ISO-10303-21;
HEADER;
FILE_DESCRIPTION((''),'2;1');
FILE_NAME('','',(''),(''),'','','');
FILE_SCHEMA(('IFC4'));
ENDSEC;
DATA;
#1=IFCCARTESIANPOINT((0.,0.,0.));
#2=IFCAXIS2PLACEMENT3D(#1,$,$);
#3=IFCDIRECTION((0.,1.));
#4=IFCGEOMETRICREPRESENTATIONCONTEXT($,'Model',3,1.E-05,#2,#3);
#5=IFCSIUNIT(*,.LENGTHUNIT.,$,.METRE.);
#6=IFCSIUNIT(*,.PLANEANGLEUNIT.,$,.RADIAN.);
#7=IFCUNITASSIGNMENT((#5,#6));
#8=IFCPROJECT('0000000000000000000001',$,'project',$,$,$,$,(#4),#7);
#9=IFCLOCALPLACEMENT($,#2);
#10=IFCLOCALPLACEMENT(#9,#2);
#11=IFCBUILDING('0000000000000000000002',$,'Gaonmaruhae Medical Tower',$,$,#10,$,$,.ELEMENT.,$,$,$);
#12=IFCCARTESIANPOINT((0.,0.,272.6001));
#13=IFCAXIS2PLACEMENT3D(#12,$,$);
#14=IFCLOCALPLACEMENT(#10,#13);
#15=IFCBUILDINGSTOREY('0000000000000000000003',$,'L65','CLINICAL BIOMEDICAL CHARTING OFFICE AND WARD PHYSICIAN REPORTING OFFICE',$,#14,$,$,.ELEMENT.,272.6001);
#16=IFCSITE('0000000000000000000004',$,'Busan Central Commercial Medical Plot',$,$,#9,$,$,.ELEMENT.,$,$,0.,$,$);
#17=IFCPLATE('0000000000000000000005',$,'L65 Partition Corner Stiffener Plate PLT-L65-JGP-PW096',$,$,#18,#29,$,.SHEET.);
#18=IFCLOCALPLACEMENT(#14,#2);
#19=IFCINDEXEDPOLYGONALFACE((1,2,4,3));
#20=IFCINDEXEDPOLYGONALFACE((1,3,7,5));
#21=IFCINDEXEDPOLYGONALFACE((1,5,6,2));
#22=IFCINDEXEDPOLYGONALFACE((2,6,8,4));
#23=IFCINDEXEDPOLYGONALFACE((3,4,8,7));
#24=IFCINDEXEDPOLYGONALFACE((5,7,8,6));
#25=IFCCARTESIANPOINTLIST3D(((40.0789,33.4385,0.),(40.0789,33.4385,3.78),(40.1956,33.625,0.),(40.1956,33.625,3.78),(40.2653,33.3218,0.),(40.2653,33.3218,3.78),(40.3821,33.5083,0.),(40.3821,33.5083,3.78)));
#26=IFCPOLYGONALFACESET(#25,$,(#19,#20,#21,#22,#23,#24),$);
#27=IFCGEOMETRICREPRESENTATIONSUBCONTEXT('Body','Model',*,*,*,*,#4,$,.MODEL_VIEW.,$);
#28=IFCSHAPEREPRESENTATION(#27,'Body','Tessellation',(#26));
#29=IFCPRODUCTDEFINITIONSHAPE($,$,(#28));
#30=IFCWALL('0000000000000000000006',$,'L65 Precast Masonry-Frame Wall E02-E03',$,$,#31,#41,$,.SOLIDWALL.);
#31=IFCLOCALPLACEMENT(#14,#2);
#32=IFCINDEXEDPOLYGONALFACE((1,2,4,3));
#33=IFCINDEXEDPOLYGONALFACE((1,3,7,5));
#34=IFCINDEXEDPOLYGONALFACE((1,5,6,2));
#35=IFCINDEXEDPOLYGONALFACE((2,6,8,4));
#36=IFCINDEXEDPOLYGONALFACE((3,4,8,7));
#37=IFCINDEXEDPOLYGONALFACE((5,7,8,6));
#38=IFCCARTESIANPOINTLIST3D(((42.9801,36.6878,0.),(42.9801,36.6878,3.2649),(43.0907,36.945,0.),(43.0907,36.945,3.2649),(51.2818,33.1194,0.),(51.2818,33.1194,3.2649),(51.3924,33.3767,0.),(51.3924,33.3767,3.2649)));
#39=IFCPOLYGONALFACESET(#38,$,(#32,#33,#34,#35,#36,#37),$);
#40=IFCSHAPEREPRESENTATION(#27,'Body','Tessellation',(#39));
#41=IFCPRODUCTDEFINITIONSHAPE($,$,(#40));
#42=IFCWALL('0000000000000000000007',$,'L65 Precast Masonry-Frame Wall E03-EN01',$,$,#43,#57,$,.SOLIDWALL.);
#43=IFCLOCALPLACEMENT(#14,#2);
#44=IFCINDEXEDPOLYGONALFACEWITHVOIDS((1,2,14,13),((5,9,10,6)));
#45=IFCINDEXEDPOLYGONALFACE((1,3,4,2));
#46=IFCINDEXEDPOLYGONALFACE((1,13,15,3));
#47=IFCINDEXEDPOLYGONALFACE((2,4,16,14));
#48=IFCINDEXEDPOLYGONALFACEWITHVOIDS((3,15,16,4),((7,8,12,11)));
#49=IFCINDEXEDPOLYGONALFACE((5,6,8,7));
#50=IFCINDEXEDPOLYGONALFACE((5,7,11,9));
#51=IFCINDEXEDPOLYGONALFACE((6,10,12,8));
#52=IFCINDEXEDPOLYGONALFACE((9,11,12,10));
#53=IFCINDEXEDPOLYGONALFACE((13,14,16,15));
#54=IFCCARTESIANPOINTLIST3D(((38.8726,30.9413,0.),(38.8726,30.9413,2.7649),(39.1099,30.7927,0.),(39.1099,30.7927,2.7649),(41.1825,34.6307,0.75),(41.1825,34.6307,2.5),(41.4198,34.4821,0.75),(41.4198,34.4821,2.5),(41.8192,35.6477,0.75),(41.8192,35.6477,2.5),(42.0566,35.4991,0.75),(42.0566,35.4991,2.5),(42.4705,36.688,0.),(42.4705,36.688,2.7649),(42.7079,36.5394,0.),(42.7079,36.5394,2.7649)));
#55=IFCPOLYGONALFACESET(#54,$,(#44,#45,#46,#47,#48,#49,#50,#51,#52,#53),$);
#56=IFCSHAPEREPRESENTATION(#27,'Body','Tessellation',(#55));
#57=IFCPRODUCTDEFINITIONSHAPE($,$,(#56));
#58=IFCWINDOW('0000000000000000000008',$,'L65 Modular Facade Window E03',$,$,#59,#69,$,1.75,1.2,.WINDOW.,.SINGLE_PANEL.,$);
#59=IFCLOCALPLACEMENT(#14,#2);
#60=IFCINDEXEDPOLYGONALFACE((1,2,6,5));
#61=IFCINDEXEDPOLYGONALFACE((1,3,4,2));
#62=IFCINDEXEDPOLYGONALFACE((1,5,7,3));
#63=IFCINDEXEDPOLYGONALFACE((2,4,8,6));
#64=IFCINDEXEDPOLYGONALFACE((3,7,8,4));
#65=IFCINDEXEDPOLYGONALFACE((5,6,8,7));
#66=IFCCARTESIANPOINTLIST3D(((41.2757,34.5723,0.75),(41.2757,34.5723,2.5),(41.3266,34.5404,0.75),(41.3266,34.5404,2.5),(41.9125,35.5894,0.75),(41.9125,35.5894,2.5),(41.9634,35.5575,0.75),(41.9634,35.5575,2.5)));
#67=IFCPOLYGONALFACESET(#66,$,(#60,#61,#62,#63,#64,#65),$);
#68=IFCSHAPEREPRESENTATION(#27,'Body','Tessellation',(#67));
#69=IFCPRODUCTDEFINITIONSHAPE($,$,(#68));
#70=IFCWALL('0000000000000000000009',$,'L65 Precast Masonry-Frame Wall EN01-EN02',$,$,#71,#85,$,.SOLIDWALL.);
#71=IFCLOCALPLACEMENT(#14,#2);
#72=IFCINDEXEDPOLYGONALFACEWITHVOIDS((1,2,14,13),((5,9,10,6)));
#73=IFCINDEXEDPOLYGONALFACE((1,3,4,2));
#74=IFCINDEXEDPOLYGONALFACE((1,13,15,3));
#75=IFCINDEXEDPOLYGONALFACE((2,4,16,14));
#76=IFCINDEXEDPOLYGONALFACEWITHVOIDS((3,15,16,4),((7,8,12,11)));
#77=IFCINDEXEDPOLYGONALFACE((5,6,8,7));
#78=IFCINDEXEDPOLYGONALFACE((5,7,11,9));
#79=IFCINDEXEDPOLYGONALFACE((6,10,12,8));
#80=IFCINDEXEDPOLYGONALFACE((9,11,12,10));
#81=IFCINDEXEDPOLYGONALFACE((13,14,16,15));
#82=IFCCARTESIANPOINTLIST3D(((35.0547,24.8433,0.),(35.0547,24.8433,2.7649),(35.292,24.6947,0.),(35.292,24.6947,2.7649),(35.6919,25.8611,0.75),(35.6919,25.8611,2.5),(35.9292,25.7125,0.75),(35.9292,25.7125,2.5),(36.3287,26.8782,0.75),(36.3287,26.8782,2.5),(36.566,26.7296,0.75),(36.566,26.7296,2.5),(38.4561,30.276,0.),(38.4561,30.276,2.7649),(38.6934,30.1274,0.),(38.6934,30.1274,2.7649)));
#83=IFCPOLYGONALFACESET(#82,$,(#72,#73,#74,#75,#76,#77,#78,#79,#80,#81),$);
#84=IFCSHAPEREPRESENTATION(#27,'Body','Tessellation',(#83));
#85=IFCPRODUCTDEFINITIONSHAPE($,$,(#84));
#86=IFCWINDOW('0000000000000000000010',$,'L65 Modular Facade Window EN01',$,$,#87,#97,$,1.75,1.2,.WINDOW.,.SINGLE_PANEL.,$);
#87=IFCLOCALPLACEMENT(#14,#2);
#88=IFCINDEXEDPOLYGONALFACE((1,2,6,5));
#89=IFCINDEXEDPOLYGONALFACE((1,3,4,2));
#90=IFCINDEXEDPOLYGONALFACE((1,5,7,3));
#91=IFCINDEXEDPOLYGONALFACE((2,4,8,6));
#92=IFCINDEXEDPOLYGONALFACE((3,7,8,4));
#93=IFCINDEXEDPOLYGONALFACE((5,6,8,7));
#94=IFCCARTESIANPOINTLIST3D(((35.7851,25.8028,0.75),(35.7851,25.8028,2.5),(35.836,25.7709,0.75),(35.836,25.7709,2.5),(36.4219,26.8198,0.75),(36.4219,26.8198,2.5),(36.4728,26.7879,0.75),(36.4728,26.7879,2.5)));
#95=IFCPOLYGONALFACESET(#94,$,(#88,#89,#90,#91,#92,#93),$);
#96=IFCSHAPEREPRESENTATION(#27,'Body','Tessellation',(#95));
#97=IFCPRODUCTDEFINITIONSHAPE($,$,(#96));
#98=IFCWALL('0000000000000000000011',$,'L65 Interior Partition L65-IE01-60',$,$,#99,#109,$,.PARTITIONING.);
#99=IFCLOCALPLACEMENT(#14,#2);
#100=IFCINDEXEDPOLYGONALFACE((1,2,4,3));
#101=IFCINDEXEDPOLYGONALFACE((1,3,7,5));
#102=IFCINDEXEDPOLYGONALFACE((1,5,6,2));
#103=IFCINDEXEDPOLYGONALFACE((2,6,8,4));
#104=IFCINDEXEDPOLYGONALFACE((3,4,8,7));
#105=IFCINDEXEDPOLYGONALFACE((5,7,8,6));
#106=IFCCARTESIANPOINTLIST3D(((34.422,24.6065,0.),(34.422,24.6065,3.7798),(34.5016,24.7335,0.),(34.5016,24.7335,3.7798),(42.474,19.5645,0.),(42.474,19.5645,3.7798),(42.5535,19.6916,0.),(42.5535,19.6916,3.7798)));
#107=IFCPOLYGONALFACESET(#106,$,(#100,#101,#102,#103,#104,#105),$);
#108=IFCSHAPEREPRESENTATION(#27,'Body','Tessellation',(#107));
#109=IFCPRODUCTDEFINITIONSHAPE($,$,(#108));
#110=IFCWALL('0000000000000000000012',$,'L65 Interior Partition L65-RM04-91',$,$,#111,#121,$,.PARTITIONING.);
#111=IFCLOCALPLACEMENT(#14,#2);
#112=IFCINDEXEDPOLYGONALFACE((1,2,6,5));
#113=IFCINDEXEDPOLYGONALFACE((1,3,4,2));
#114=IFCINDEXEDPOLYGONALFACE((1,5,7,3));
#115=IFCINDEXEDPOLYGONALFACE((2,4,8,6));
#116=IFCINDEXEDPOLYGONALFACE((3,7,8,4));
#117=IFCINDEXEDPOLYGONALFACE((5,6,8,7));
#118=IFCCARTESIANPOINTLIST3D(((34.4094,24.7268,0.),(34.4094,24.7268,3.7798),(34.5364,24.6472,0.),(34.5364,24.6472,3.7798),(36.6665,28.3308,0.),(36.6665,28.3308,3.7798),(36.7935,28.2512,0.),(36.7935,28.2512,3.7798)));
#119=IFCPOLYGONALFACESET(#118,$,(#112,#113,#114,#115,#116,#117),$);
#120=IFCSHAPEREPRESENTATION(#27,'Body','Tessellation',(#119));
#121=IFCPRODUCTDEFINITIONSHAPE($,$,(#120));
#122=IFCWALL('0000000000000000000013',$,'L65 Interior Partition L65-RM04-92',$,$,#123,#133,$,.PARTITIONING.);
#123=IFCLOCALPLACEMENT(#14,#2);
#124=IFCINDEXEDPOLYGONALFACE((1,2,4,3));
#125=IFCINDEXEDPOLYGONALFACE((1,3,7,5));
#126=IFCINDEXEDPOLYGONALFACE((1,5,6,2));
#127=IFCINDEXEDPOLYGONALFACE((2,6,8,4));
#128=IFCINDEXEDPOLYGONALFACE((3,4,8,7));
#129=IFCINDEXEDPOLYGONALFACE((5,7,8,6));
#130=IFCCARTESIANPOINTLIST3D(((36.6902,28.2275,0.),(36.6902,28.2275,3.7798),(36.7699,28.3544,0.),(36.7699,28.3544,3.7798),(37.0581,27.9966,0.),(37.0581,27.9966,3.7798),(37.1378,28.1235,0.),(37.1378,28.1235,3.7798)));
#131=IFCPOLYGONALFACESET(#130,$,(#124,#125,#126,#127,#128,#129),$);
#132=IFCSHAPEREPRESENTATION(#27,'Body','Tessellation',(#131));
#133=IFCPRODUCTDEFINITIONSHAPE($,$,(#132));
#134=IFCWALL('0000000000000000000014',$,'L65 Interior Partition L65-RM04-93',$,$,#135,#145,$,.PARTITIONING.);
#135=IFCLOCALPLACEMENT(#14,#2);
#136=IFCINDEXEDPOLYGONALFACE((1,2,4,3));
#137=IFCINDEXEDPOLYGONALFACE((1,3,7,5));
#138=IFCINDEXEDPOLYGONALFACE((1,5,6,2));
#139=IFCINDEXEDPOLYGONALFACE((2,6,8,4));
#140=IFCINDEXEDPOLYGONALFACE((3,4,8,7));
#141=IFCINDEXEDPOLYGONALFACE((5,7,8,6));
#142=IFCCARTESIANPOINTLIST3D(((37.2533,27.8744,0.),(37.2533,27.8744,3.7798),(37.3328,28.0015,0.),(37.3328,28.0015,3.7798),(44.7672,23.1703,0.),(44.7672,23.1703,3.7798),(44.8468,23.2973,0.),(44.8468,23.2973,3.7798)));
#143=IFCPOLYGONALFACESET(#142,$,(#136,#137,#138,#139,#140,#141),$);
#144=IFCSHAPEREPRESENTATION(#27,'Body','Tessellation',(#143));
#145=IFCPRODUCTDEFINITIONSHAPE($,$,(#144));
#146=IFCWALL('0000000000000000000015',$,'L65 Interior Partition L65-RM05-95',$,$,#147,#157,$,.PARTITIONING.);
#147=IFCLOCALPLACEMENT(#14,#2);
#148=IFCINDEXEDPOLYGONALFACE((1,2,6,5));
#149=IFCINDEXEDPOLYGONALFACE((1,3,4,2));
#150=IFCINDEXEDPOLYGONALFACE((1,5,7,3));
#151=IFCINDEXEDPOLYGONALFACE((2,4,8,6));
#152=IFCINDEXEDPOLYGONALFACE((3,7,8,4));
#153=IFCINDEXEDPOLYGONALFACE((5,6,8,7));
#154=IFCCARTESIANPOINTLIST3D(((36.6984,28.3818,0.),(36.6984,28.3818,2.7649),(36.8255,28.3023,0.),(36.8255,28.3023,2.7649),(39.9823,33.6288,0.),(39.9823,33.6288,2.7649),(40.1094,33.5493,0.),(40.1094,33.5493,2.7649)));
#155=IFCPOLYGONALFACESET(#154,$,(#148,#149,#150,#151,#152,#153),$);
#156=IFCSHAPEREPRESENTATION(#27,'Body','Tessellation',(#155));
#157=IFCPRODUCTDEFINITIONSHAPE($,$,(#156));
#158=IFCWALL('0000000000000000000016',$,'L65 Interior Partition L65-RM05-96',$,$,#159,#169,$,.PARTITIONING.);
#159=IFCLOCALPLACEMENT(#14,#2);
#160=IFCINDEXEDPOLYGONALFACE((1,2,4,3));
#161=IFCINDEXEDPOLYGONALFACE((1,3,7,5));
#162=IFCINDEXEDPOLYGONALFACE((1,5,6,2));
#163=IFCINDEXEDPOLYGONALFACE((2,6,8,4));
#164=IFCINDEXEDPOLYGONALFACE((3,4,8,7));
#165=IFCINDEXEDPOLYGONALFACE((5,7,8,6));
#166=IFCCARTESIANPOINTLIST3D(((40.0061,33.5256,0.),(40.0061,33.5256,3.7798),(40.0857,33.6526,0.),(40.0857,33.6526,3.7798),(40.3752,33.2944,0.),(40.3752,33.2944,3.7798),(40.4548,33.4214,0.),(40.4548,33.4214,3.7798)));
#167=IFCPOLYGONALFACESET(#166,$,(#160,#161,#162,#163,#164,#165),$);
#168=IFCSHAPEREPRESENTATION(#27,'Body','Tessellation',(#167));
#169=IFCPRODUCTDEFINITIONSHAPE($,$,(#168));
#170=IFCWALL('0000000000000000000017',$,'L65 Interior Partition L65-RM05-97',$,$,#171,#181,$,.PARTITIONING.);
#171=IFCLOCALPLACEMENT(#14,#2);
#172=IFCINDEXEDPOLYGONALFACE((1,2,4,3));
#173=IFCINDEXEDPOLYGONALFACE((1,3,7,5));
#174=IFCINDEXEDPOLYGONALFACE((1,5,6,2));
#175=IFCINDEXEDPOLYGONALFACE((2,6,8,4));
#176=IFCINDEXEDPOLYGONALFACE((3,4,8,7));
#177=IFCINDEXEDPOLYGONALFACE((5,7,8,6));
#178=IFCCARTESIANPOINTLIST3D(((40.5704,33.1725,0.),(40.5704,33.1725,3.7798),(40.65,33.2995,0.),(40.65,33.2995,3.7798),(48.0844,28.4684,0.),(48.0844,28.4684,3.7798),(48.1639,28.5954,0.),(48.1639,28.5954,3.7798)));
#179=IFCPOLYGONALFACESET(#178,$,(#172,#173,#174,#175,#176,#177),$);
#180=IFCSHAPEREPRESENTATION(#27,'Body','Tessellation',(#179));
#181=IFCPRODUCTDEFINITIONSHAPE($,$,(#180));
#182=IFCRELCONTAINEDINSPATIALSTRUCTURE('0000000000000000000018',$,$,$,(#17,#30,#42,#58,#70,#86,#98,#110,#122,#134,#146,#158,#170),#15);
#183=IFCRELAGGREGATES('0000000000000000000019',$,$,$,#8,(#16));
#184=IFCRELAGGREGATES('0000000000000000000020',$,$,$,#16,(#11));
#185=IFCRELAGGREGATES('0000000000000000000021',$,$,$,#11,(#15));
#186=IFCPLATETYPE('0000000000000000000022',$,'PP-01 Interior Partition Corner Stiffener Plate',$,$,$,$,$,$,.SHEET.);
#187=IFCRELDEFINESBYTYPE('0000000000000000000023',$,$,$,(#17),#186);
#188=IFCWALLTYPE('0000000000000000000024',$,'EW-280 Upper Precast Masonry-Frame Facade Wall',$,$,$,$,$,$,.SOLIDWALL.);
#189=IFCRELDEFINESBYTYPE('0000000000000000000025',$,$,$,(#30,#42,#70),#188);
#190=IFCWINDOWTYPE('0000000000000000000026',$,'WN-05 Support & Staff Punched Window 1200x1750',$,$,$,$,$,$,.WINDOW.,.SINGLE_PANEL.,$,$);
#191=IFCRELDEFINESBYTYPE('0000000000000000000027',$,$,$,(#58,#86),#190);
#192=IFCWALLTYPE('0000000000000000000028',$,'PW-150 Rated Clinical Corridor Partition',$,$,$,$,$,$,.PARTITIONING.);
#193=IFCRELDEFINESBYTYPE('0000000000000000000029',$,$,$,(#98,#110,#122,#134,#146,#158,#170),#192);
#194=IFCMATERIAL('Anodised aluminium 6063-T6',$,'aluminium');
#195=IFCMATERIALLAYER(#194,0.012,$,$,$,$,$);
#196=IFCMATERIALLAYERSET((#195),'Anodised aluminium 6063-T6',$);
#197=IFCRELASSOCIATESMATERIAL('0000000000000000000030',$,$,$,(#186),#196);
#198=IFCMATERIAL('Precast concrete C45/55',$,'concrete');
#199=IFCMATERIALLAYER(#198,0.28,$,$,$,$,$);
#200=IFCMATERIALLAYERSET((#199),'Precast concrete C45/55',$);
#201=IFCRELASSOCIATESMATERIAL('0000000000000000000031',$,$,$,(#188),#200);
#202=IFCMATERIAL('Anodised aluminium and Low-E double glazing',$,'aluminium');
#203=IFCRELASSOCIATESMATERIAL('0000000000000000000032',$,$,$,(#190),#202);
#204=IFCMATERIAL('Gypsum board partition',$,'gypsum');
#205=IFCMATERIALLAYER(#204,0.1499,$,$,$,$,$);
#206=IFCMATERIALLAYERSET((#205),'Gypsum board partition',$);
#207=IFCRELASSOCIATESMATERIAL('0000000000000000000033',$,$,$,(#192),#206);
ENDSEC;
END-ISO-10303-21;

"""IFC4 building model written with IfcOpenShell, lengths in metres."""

from ifc_helpers import new_model, si_unit, direction, frame, frame_2d, origin, origin_2d, place, context, subcontext, project, spatial, rectangle, extrude, material, layer, layer_set, type_object, element, fill, save


model = new_model("IFC4")

# Units and contexts
model_context = context("Model", 3, precision=1e-05, world=origin(), true_north=direction((0.0, 1.0)))
body_context = subcontext(model_context, "Body", "Model", "MODEL_VIEW")
ifc_project = project(units=[si_unit("LENGTHUNIT", "METRE"), si_unit("PLANEANGLEUNIT", "RADIAN")], contexts=[model_context])

# Site, building, storey
site_placement = place(None, origin())
site = spatial("IfcSite", under=ifc_project, at=site_placement, Name="Busan Central Commercial Medical Plot", CompositionType="ELEMENT", RefElevation=0.0)
building_placement = place(site_placement, origin())
building = spatial("IfcBuilding", under=site, at=building_placement, Name="Gaonmaruhae Medical Tower", CompositionType="ELEMENT")
storey_placement = place(building_placement, frame((0.0, 0.0, 272.6001)))
storey = spatial("IfcBuildingStorey", under=building, at=storey_placement, Name="L65", Description="CLINICAL BIOMEDICAL CHARTING OFFICE AND WARD PHYSICIAN REPORTING OFFICE", CompositionType="ELEMENT", Elevation=272.6001)

# Plate
ifc_material_1 = material(Name="Anodised aluminium 6063-T6", Category="aluminium")
ifc_layer_1 = layer(ifc_material_1, 0.012)
ifc_layer_set_1 = layer_set([ifc_layer_1], Name="Anodised aluminium 6063-T6")
plate_type = type_object("IfcPlateType", Name="PP-01 Interior Partition Corner Stiffener Plate", PredefinedType="SHEET", material=ifc_layer_set_1)
for number, where, z_axis, x_axis, name in (
    (1, (40.2305, 33.4734, 0.0), (0.0, 0.0, 1.0), (0.847613, -0.530615, 0.0), "L65 Partition Corner Stiffener Plate PLT-L65-JGP-PW096"),
):
    element("IfcPlate", number, at=place(storey_placement, frame(where, z_axis=z_axis, x_axis=x_axis)), inside=storey, type_object=plate_type, Name=name, PredefinedType="SHEET", context=body_context, shape_type="SweptSolid", body=[
        extrude(rectangle(XDim=0.22, YDim=0.22, at=origin_2d()), origin(), (0.0, 0.0, 1.0), 3.78),
    ])

# Wall
ifc_material_2 = material(Name="Precast concrete C45/55", Category="concrete")
ifc_layer_2 = layer(ifc_material_2, 0.28)
ifc_layer_set_2 = layer_set([ifc_layer_2], Name="Precast concrete C45/55")
wall_type_1 = type_object("IfcWallType", Name="EW-280 Upper Precast Masonry-Frame Facade Wall", PredefinedType="SOLIDWALL", material=ifc_layer_set_2)
wall_1_placement = place(storey_placement, frame((43.0354, 36.8164, 0.0), z_axis=(0.0, 0.0, 1.0), x_axis=(0.918725, -0.394897, 0.0)))
element("IfcWall", 2, at=wall_1_placement, inside=storey, type_object=wall_type_1, Name="L65 Precast Masonry-Frame Wall E02-E03", PredefinedType="SOLIDWALL", context=body_context, shape_type="SweptSolid", body=[
    extrude(rectangle(XDim=9.0361, YDim=0.28, at=frame_2d((4.5181, 0.0))), origin(), (0.0, 0.0, 1.0), 3.2649),
])

# Walls, openings, windows
wall_2_placement = place(storey_placement, frame((38.9912, 30.8669, 0.0), z_axis=(0.0, 0.0, 1.0), x_axis=(0.530666, 0.847581, 0.0)))
wall_2 = element("IfcWall", 3, at=wall_2_placement, inside=storey, type_object=wall_type_1, Name="L65 Precast Masonry-Frame Wall E03-EN01", PredefinedType="SOLIDWALL", context=body_context, shape_type="SweptSolid", body=[
    extrude(rectangle(XDim=6.78, YDim=0.28, at=frame_2d((3.3901, 0.0))), origin(), (0.0, 0.0, 1.0), 2.7649),
])
opening_1_placement = place(wall_2_placement, frame((4.3528, 0.0, 0.75)))
opening_1 = element("IfcOpeningElement", 4, at=opening_1_placement, cuts=wall_2, PredefinedType="OPENING", context=body_context, shape_type="SweptSolid", body=[
    extrude(rectangle(XDim=1.2, YDim=1.75, at=frame_2d((0.6001, 0.875))), frame((0.0, 0.1499, 0.0), z_axis=(0.0, -1.0, 0.0), x_axis=(1.0, 0.0, 0.0)), (0.0, 0.0, 1.0), 0.3),
])
ifc_material_3 = material(Name="Anodised aluminium and Low-E double glazing", Category="aluminium")
window_type = type_object("IfcWindowType", Name="WN-05 Support & Staff Punched Window 1200x1750", PartitioningType="SINGLE_PANEL", PredefinedType="WINDOW", material=ifc_material_3)
window_1_placement = place(opening_1_placement, origin())
window_1 = element("IfcWindow", 5, at=window_1_placement, inside=storey, type_object=window_type, Name="L65 Modular Facade Window E03", OverallHeight=1.75, OverallWidth=1.2, PartitioningType="SINGLE_PANEL", PredefinedType="WINDOW", context=body_context, shape_type="SweptSolid", body=[
    extrude(rectangle(XDim=1.2, YDim=1.75, at=frame_2d((0.6001, 0.875))), frame((0.0, 0.03, 0.0), z_axis=(0.0, -1.0, 0.0), x_axis=(1.0, 0.0, 0.0)), (0.0, 0.0, 1.0), 0.0601),
])
fill(opening_1, window_1)
wall_3_placement = place(storey_placement, frame((35.1733, 24.769, 0.0), z_axis=(0.0, 0.0, 1.0), x_axis=(0.53067, 0.847579, 0.0)))
wall_3 = element("IfcWall", 6, at=wall_3_placement, inside=storey, type_object=wall_type_1, Name="L65 Precast Masonry-Frame Wall EN01-EN02", PredefinedType="SOLIDWALL", context=body_context, shape_type="SweptSolid", body=[
    extrude(rectangle(XDim=6.4097, YDim=0.28, at=frame_2d((3.2048, 0.0))), origin(), (0.0, 0.0, 1.0), 2.7649),
])
opening_2_placement = place(wall_3_placement, frame((1.2007, 0.0, 0.75)))
opening_2 = element("IfcOpeningElement", 7, at=opening_2_placement, cuts=wall_3, PredefinedType="OPENING", context=body_context, shape_type="SweptSolid", body=[
    extrude(rectangle(XDim=1.2, YDim=1.75, at=frame_2d((0.6001, 0.875))), frame((0.0, 0.1499, 0.0), z_axis=(0.0, -1.0, 0.0), x_axis=(1.0, 0.0, 0.0)), (0.0, 0.0, 1.0), 0.3),
])
window_2_placement = place(opening_2_placement, origin())
window_2 = element("IfcWindow", 8, at=window_2_placement, inside=storey, type_object=window_type, Name="L65 Modular Facade Window EN01", OverallHeight=1.75, OverallWidth=1.2, PartitioningType="SINGLE_PANEL", PredefinedType="WINDOW", context=body_context, shape_type="SweptSolid", body=[
    extrude(rectangle(XDim=1.2, YDim=1.75, at=frame_2d((0.6001, 0.875))), frame((0.0, 0.03, 0.0), z_axis=(0.0, -1.0, 0.0), x_axis=(1.0, 0.0, 0.0)), (0.0, 0.0, 1.0), 0.0601),
])
fill(opening_2, window_2)

# Walls
ifc_material_4 = material(Name="Gypsum board partition", Category="gypsum")
ifc_layer_3 = layer(ifc_material_4, 0.1499)
ifc_layer_set_3 = layer_set([ifc_layer_3], Name="Gypsum board partition")
wall_type_2 = type_object("IfcWallType", Name="PW-150 Rated Clinical Corridor Partition", PredefinedType="PARTITIONING", material=ifc_layer_set_3)
wall_4_placement = place(storey_placement, frame((34.4619, 24.6699, 0.0), z_axis=(0.0, 0.0, 1.0), x_axis=(0.847549, -0.530717, 0.0)))
element("IfcWall", 9, at=wall_4_placement, inside=storey, type_object=wall_type_2, Name="L65 Interior Partition L65-IE01-60", PredefinedType="PARTITIONING", context=body_context, shape_type="SweptSolid", body=[
    extrude(rectangle(XDim=9.5002, YDim=0.1499, at=frame_2d((4.75, 0.0))), origin(), (0.0, 0.0, 1.0), 3.7798),
])
wall_5_placement = place(storey_placement, frame((34.4729, 24.687, 0.0), z_axis=(0.0, 0.0, 1.0), x_axis=(0.530773, 0.847514, 0.0)))
element("IfcWall", 10, at=wall_5_placement, inside=storey, type_object=wall_type_2, Name="L65 Interior Partition L65-RM04-91", PredefinedType="PARTITIONING", context=body_context, shape_type="SweptSolid", body=[
    extrude(rectangle(XDim=4.2524, YDim=0.1499, at=frame_2d((2.1262, 0.0))), origin(), (0.0, 0.0, 1.0), 3.7798),
])
wall_6_placement = place(storey_placement, frame((36.73, 28.291, 0.0), z_axis=(0.0, 0.0, 1.0), x_axis=(0.846955, -0.531665, 0.0)))
element("IfcWall", 11, at=wall_6_placement, inside=storey, type_object=wall_type_2, Name="L65 Interior Partition L65-RM04-92", PredefinedType="PARTITIONING", context=body_context, shape_type="SweptSolid", body=[
    extrude(rectangle(XDim=0.4343, YDim=0.1499, at=frame_2d((0.2173, 0.0))), origin(), (0.0, 0.0, 1.0), 3.7798),
])
wall_7_placement = place(storey_placement, frame((37.293, 27.938, 0.0), z_axis=(0.0, 0.0, 1.0), x_axis=(0.847597, -0.53064, 0.0)))
element("IfcWall", 12, at=wall_7_placement, inside=storey, type_object=wall_type_2, Name="L65 Interior Partition L65-RM04-93", PredefinedType="PARTITIONING", context=body_context, shape_type="SweptSolid", body=[
    extrude(rectangle(XDim=8.865, YDim=0.1499, at=frame_2d((4.4326, 0.0))), origin(), (0.0, 0.0, 1.0), 3.7798),
])
wall_8_placement = place(storey_placement, frame((36.762, 28.342, 0.0), z_axis=(0.0, 0.0, 1.0), x_axis=(0.530524, 0.84767, 0.0)))
element("IfcWall", 13, at=wall_8_placement, inside=storey, type_object=wall_type_2, Name="L65 Interior Partition L65-RM05-95", PredefinedType="PARTITIONING", context=body_context, shape_type="SweptSolid", body=[
    extrude(rectangle(XDim=6.1899, YDim=0.1499, at=frame_2d((3.095, 0.0))), origin(), (0.0, 0.0, 1.0), 2.7649),
])
wall_9_placement = place(storey_placement, frame((40.0459, 33.5891, 0.0), z_axis=(0.0, 0.0, 1.0), x_axis=(0.847494, -0.530805, 0.0)))
element("IfcWall", 14, at=wall_9_placement, inside=storey, type_object=wall_type_2, Name="L65 Interior Partition L65-RM05-96", PredefinedType="PARTITIONING", context=body_context, shape_type="SweptSolid", body=[
    extrude(rectangle(XDim=0.4355, YDim=0.1499, at=frame_2d((0.2178, 0.0))), origin(), (0.0, 0.0, 1.0), 3.7798),
])
wall_10_placement = place(storey_placement, frame((40.6101, 33.2361, 0.0), z_axis=(0.0, 0.0, 1.0), x_axis=(0.847597, -0.53064, 0.0)))
element("IfcWall", 15, at=wall_10_placement, inside=storey, type_object=wall_type_2, Name="L65 Interior Partition L65-RM05-97", PredefinedType="PARTITIONING", context=body_context, shape_type="SweptSolid", body=[
    extrude(rectangle(XDim=8.865, YDim=0.1499, at=frame_2d((4.4326, 0.0))), origin(), (0.0, 0.0, 1.0), 3.7798),
])

save(model, "model.ifc")
